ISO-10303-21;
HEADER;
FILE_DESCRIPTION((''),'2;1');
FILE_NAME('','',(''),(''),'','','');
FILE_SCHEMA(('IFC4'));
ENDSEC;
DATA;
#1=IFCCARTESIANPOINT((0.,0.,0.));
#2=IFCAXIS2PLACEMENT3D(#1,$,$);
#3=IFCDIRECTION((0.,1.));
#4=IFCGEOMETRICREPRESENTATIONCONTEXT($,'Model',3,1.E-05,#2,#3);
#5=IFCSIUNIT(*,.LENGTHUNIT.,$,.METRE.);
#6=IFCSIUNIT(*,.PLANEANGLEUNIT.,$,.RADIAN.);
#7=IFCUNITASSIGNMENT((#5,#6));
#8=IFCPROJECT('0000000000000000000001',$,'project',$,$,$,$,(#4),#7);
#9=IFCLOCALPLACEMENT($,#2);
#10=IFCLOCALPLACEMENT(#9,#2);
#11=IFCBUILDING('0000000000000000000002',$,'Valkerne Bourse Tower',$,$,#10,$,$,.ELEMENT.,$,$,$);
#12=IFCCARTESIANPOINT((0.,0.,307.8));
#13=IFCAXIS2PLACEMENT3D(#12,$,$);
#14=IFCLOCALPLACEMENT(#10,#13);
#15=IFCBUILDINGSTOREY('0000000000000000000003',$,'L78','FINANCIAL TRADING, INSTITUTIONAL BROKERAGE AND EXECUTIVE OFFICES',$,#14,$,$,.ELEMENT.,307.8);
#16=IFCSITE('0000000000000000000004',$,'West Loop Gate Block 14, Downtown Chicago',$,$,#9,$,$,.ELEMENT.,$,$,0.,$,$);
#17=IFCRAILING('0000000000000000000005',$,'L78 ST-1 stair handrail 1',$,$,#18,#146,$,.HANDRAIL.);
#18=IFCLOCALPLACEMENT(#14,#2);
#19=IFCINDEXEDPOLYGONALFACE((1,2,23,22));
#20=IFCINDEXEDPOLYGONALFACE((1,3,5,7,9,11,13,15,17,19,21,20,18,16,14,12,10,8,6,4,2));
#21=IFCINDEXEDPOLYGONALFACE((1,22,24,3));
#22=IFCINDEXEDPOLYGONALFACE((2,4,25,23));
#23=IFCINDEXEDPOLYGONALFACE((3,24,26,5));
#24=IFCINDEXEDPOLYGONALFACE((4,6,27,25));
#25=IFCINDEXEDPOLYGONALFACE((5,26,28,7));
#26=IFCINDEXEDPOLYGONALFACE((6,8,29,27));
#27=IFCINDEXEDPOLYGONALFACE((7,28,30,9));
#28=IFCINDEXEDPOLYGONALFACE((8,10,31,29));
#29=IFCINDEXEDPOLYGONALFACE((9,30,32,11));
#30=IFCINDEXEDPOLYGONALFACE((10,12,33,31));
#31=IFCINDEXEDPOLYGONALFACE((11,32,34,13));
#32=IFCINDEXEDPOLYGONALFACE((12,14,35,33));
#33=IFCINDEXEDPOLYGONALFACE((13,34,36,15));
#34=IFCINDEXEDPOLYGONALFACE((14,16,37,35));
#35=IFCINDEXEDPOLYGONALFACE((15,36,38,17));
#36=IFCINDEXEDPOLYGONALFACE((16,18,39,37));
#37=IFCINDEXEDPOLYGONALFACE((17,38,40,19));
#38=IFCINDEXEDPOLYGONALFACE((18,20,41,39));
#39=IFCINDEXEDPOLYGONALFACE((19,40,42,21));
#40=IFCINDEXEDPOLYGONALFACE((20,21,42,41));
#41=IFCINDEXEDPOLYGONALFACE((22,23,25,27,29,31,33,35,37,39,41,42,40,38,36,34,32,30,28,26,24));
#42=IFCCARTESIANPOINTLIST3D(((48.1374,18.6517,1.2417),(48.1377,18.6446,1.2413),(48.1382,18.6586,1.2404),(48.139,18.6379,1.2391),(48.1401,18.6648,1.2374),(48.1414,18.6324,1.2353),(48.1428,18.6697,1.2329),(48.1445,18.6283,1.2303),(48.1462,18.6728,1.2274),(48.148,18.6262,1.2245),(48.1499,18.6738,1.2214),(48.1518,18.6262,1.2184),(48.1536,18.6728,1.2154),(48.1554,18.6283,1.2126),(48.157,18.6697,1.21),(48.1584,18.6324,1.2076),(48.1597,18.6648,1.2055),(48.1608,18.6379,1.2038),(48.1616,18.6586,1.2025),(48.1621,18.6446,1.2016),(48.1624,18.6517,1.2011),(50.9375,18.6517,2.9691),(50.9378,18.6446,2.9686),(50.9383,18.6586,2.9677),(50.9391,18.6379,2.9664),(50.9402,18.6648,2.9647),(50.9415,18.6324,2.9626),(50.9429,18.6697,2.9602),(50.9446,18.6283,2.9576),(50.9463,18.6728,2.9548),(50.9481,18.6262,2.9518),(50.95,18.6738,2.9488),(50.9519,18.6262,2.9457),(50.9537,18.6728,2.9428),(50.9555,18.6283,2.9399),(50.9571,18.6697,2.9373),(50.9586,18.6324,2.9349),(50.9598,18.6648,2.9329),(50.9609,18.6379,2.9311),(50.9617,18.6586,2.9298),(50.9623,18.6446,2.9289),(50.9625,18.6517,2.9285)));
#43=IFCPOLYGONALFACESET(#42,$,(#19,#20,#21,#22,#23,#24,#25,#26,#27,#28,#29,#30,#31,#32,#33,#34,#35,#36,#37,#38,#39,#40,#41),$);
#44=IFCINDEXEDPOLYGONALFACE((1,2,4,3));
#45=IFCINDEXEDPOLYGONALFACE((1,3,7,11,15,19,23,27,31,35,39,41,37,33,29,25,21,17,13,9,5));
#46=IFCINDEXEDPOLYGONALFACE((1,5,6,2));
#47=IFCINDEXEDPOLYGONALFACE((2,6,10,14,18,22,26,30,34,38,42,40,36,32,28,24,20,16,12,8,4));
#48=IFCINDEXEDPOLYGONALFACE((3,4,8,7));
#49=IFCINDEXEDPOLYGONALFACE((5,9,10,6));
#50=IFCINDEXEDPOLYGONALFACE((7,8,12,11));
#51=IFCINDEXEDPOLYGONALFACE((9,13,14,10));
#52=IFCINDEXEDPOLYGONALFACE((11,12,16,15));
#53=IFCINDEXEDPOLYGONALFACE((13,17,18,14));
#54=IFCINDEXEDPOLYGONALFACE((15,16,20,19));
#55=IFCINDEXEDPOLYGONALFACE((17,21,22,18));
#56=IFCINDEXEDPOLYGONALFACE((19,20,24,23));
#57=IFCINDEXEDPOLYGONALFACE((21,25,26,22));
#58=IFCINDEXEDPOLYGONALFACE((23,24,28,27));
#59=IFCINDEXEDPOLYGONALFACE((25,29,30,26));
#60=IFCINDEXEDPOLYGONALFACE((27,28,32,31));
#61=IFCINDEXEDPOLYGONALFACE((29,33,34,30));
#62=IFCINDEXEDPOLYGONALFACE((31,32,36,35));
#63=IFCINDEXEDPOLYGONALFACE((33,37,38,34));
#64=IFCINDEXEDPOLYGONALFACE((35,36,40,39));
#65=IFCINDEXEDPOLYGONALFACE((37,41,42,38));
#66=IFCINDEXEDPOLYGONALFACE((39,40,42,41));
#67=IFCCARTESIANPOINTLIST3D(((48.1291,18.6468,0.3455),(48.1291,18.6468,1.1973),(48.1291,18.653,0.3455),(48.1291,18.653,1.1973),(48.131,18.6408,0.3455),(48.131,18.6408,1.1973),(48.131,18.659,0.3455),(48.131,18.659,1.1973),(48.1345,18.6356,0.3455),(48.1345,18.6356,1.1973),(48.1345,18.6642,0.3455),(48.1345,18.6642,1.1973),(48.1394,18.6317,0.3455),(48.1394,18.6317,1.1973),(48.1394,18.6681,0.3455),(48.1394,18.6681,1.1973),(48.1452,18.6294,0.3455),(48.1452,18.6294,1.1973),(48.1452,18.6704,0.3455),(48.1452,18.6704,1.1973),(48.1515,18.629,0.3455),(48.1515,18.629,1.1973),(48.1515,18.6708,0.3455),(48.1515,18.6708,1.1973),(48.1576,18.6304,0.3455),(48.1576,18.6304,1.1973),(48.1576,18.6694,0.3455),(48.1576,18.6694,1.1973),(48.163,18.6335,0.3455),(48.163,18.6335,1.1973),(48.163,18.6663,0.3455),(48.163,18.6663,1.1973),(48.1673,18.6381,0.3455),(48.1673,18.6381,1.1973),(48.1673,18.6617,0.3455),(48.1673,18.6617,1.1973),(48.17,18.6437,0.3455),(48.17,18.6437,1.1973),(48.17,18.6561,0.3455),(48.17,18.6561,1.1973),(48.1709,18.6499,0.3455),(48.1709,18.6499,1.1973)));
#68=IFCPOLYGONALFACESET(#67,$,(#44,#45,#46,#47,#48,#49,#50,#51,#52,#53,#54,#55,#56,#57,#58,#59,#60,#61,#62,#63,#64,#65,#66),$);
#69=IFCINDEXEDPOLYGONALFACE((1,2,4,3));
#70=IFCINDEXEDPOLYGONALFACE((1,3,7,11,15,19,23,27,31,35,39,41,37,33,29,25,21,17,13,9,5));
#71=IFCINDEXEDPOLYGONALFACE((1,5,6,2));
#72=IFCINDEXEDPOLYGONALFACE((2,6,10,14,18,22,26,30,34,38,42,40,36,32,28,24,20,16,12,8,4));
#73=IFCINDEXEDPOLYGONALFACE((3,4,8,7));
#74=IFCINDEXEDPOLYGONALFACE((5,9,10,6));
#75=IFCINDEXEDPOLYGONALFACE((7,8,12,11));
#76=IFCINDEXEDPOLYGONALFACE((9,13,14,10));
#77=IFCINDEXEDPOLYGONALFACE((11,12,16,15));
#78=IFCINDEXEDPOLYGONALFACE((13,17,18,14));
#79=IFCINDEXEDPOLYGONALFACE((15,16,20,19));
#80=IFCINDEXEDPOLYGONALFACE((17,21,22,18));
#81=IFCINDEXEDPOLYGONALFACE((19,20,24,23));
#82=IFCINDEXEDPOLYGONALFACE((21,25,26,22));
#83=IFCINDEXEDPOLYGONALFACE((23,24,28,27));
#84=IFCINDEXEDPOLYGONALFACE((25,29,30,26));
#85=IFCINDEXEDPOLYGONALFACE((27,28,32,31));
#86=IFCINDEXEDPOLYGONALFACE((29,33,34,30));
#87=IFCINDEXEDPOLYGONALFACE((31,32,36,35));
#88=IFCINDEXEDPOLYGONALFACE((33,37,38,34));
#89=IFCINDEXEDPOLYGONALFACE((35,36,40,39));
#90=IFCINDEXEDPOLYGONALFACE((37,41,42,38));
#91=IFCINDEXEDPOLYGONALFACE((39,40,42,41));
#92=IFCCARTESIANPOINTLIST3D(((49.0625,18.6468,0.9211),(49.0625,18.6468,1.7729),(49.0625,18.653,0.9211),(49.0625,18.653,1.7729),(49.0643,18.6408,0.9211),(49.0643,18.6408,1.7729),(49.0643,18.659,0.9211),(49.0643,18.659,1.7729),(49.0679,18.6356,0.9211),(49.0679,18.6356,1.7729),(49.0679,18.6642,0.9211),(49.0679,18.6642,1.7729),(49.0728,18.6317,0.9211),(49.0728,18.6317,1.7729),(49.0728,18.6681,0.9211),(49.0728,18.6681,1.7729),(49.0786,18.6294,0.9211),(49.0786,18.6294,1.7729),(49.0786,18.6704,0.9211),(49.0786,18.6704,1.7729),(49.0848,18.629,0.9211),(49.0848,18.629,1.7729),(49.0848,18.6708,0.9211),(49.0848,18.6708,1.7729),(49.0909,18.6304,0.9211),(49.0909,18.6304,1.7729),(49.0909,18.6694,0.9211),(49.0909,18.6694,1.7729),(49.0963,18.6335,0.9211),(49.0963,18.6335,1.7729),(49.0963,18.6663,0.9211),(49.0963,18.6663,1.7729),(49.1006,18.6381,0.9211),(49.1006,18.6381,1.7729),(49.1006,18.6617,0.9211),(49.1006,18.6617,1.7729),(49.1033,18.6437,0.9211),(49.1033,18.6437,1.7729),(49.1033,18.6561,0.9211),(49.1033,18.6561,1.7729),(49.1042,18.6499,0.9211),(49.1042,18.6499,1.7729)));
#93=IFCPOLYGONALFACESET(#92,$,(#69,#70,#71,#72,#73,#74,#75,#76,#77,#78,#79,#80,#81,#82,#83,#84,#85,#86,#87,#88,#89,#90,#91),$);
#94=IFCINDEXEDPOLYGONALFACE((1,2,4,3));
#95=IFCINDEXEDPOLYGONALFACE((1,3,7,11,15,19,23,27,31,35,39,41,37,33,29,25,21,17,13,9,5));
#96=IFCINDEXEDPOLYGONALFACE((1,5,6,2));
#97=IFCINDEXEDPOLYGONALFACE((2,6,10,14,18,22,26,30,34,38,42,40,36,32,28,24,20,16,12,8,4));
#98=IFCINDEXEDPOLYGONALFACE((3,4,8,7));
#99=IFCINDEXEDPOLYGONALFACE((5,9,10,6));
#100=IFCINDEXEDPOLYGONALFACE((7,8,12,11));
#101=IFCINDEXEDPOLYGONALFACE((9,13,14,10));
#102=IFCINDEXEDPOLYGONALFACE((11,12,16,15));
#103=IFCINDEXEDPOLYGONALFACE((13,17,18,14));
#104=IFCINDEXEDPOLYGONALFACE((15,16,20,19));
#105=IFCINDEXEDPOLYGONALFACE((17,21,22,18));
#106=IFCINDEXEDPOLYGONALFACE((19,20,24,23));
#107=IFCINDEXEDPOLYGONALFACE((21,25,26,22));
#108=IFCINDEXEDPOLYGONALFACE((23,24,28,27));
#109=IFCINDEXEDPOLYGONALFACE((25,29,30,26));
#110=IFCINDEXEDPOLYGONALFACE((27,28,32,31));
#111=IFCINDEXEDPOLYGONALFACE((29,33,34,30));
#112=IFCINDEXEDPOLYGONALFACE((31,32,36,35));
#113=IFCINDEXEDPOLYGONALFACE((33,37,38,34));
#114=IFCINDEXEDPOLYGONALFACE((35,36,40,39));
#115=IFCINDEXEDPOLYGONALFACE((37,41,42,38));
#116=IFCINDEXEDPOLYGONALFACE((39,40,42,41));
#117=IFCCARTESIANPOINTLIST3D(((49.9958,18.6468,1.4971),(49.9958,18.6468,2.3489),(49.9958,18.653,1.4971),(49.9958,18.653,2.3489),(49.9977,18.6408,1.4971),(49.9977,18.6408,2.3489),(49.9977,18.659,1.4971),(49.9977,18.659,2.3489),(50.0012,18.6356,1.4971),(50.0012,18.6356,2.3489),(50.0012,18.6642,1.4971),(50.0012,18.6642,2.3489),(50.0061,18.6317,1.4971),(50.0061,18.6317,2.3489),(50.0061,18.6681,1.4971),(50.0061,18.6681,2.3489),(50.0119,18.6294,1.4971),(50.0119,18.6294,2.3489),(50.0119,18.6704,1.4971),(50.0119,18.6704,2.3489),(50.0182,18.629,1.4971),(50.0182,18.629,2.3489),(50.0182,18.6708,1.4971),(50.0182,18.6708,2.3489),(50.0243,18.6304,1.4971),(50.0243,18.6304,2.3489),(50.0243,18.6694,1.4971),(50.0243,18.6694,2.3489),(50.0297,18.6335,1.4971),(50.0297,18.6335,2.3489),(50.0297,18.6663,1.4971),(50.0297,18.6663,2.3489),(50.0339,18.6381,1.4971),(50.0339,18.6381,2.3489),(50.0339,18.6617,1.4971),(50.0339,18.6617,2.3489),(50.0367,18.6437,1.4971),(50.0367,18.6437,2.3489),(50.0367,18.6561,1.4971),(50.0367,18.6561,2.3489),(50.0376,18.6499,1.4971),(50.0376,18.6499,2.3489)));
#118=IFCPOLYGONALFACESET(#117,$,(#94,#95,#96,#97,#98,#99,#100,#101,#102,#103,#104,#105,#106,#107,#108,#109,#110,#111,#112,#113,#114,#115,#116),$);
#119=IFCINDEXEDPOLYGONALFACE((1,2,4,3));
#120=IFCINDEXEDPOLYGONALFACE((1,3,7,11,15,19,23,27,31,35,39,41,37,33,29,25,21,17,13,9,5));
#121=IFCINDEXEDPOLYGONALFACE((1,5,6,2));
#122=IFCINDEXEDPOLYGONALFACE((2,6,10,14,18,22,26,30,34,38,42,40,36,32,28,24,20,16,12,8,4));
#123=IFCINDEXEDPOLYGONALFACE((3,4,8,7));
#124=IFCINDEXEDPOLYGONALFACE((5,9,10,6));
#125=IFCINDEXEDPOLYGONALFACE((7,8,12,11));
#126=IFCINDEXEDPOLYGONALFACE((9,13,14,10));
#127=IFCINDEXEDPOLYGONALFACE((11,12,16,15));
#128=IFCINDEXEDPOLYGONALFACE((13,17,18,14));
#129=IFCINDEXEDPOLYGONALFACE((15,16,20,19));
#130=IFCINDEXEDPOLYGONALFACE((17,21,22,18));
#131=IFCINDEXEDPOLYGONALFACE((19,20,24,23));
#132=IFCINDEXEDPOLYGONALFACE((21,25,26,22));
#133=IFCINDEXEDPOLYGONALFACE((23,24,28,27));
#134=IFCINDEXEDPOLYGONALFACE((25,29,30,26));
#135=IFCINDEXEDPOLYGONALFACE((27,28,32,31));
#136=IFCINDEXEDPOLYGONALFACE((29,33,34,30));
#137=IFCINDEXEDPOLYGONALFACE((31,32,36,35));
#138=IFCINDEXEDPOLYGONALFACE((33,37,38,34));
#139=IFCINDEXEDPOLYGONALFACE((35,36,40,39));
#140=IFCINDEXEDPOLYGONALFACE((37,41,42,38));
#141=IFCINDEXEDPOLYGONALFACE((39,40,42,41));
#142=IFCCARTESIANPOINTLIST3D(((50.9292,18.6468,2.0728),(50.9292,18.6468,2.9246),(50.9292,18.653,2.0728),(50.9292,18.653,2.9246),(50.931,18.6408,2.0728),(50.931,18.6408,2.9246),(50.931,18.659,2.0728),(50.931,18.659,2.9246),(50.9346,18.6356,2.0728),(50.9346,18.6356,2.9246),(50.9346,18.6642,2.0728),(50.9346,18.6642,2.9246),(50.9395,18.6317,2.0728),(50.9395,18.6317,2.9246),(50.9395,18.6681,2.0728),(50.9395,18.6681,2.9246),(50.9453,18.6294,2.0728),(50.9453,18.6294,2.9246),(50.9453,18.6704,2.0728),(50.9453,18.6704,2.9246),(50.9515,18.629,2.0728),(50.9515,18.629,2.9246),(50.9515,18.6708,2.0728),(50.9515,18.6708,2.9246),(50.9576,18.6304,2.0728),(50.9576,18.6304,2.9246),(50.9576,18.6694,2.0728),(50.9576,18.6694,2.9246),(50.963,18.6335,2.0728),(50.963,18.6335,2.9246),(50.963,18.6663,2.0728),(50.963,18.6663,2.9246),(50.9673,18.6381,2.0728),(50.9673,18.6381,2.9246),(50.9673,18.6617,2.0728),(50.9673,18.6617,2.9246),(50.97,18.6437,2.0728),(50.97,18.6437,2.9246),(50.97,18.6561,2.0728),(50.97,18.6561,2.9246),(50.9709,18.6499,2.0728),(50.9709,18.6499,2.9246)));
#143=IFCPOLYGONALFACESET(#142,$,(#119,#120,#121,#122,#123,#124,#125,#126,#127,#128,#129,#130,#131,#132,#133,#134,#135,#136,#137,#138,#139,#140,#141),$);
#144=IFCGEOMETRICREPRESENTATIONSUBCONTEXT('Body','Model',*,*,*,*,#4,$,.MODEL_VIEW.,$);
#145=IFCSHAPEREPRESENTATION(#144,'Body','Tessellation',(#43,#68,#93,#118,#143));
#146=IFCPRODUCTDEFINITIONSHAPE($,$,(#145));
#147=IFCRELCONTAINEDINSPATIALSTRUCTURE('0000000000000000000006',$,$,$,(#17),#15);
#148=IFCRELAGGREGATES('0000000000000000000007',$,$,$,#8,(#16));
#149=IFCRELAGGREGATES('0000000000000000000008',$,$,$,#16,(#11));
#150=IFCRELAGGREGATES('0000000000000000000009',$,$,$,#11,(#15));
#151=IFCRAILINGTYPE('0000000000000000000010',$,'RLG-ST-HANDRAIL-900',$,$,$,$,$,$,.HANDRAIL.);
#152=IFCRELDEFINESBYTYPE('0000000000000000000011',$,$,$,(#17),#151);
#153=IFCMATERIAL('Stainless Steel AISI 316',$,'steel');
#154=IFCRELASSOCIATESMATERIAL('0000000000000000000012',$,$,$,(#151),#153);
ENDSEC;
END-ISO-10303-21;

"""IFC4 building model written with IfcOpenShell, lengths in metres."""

from ifc_helpers import new_model, si_unit, direction, frame, origin, origin_2d, place, context, subcontext, project, spatial, circle, extrude, material, type_object, element, save


model = new_model("IFC4")

# Units and contexts
model_context = context("Model", 3, precision=1e-05, world=origin(), true_north=direction((0.0, 1.0)))
body_context = subcontext(model_context, "Body", "Model", "MODEL_VIEW")
ifc_project = project(units=[si_unit("LENGTHUNIT", "METRE"), si_unit("PLANEANGLEUNIT", "RADIAN")], contexts=[model_context])

# Site, building, storey
site_placement = place(None, origin())
site = spatial("IfcSite", under=ifc_project, at=site_placement, Name="West Loop Gate Block 14, Downtown Chicago", CompositionType="ELEMENT", RefElevation=0.0)
building_placement = place(site_placement, origin())
building = spatial("IfcBuilding", under=site, at=building_placement, Name="Valkerne Bourse Tower", CompositionType="ELEMENT")
storey_placement = place(building_placement, frame((0.0, 0.0, 307.8)))
storey = spatial("IfcBuildingStorey", under=building, at=storey_placement, Name="L78", Description="FINANCIAL TRADING, INSTITUTIONAL BROKERAGE AND EXECUTIVE OFFICES", CompositionType="ELEMENT", Elevation=307.8)

# Shared definitions
ifc_material_1 = material(Name="Stainless Steel AISI 316", Category="steel")

# Railing
railing_type_1 = type_object("IfcRailingType", Name="RLG-ST-HANDRAIL-900", PredefinedType="HANDRAIL", material=ifc_material_1)
railing_1_placement = place(storey_placement, frame((48.1499, 18.6499, 0.3455)))
element("IfcRailing", 1, at=railing_1_placement, inside=storey, type_object=railing_type_1, Name="L78 ST-1 stair handrail 1", PredefinedType="HANDRAIL", context=body_context, shape_type="SweptSolid", body=[
    extrude(circle(Radius=0.0239, at=origin_2d()), frame((0.0, 0.0, 0.876), z_axis=(0.85109, 0.0, 0.52502), x_axis=(0.0, 1.0, 0.0)), (0.0, 0.0, 1.0), 3.29),
    extrude(circle(Radius=0.021, at=origin_2d()), origin(), (0.0, 0.0, 1.0), 0.8518),
    extrude(circle(Radius=0.021, at=origin_2d()), frame((0.9333, 0.0, 0.5757)), (0.0, 0.0, 1.0), 0.8518),
    extrude(circle(Radius=0.021, at=origin_2d()), frame((1.8667, 0.0, 1.1516)), (0.0, 0.0, 1.0), 0.8518),
    extrude(circle(Radius=0.021, at=origin_2d()), frame((2.8, 0.0, 1.7273)), (0.0, 0.0, 1.0), 0.8518),
])

save(model, "model.ifc")
